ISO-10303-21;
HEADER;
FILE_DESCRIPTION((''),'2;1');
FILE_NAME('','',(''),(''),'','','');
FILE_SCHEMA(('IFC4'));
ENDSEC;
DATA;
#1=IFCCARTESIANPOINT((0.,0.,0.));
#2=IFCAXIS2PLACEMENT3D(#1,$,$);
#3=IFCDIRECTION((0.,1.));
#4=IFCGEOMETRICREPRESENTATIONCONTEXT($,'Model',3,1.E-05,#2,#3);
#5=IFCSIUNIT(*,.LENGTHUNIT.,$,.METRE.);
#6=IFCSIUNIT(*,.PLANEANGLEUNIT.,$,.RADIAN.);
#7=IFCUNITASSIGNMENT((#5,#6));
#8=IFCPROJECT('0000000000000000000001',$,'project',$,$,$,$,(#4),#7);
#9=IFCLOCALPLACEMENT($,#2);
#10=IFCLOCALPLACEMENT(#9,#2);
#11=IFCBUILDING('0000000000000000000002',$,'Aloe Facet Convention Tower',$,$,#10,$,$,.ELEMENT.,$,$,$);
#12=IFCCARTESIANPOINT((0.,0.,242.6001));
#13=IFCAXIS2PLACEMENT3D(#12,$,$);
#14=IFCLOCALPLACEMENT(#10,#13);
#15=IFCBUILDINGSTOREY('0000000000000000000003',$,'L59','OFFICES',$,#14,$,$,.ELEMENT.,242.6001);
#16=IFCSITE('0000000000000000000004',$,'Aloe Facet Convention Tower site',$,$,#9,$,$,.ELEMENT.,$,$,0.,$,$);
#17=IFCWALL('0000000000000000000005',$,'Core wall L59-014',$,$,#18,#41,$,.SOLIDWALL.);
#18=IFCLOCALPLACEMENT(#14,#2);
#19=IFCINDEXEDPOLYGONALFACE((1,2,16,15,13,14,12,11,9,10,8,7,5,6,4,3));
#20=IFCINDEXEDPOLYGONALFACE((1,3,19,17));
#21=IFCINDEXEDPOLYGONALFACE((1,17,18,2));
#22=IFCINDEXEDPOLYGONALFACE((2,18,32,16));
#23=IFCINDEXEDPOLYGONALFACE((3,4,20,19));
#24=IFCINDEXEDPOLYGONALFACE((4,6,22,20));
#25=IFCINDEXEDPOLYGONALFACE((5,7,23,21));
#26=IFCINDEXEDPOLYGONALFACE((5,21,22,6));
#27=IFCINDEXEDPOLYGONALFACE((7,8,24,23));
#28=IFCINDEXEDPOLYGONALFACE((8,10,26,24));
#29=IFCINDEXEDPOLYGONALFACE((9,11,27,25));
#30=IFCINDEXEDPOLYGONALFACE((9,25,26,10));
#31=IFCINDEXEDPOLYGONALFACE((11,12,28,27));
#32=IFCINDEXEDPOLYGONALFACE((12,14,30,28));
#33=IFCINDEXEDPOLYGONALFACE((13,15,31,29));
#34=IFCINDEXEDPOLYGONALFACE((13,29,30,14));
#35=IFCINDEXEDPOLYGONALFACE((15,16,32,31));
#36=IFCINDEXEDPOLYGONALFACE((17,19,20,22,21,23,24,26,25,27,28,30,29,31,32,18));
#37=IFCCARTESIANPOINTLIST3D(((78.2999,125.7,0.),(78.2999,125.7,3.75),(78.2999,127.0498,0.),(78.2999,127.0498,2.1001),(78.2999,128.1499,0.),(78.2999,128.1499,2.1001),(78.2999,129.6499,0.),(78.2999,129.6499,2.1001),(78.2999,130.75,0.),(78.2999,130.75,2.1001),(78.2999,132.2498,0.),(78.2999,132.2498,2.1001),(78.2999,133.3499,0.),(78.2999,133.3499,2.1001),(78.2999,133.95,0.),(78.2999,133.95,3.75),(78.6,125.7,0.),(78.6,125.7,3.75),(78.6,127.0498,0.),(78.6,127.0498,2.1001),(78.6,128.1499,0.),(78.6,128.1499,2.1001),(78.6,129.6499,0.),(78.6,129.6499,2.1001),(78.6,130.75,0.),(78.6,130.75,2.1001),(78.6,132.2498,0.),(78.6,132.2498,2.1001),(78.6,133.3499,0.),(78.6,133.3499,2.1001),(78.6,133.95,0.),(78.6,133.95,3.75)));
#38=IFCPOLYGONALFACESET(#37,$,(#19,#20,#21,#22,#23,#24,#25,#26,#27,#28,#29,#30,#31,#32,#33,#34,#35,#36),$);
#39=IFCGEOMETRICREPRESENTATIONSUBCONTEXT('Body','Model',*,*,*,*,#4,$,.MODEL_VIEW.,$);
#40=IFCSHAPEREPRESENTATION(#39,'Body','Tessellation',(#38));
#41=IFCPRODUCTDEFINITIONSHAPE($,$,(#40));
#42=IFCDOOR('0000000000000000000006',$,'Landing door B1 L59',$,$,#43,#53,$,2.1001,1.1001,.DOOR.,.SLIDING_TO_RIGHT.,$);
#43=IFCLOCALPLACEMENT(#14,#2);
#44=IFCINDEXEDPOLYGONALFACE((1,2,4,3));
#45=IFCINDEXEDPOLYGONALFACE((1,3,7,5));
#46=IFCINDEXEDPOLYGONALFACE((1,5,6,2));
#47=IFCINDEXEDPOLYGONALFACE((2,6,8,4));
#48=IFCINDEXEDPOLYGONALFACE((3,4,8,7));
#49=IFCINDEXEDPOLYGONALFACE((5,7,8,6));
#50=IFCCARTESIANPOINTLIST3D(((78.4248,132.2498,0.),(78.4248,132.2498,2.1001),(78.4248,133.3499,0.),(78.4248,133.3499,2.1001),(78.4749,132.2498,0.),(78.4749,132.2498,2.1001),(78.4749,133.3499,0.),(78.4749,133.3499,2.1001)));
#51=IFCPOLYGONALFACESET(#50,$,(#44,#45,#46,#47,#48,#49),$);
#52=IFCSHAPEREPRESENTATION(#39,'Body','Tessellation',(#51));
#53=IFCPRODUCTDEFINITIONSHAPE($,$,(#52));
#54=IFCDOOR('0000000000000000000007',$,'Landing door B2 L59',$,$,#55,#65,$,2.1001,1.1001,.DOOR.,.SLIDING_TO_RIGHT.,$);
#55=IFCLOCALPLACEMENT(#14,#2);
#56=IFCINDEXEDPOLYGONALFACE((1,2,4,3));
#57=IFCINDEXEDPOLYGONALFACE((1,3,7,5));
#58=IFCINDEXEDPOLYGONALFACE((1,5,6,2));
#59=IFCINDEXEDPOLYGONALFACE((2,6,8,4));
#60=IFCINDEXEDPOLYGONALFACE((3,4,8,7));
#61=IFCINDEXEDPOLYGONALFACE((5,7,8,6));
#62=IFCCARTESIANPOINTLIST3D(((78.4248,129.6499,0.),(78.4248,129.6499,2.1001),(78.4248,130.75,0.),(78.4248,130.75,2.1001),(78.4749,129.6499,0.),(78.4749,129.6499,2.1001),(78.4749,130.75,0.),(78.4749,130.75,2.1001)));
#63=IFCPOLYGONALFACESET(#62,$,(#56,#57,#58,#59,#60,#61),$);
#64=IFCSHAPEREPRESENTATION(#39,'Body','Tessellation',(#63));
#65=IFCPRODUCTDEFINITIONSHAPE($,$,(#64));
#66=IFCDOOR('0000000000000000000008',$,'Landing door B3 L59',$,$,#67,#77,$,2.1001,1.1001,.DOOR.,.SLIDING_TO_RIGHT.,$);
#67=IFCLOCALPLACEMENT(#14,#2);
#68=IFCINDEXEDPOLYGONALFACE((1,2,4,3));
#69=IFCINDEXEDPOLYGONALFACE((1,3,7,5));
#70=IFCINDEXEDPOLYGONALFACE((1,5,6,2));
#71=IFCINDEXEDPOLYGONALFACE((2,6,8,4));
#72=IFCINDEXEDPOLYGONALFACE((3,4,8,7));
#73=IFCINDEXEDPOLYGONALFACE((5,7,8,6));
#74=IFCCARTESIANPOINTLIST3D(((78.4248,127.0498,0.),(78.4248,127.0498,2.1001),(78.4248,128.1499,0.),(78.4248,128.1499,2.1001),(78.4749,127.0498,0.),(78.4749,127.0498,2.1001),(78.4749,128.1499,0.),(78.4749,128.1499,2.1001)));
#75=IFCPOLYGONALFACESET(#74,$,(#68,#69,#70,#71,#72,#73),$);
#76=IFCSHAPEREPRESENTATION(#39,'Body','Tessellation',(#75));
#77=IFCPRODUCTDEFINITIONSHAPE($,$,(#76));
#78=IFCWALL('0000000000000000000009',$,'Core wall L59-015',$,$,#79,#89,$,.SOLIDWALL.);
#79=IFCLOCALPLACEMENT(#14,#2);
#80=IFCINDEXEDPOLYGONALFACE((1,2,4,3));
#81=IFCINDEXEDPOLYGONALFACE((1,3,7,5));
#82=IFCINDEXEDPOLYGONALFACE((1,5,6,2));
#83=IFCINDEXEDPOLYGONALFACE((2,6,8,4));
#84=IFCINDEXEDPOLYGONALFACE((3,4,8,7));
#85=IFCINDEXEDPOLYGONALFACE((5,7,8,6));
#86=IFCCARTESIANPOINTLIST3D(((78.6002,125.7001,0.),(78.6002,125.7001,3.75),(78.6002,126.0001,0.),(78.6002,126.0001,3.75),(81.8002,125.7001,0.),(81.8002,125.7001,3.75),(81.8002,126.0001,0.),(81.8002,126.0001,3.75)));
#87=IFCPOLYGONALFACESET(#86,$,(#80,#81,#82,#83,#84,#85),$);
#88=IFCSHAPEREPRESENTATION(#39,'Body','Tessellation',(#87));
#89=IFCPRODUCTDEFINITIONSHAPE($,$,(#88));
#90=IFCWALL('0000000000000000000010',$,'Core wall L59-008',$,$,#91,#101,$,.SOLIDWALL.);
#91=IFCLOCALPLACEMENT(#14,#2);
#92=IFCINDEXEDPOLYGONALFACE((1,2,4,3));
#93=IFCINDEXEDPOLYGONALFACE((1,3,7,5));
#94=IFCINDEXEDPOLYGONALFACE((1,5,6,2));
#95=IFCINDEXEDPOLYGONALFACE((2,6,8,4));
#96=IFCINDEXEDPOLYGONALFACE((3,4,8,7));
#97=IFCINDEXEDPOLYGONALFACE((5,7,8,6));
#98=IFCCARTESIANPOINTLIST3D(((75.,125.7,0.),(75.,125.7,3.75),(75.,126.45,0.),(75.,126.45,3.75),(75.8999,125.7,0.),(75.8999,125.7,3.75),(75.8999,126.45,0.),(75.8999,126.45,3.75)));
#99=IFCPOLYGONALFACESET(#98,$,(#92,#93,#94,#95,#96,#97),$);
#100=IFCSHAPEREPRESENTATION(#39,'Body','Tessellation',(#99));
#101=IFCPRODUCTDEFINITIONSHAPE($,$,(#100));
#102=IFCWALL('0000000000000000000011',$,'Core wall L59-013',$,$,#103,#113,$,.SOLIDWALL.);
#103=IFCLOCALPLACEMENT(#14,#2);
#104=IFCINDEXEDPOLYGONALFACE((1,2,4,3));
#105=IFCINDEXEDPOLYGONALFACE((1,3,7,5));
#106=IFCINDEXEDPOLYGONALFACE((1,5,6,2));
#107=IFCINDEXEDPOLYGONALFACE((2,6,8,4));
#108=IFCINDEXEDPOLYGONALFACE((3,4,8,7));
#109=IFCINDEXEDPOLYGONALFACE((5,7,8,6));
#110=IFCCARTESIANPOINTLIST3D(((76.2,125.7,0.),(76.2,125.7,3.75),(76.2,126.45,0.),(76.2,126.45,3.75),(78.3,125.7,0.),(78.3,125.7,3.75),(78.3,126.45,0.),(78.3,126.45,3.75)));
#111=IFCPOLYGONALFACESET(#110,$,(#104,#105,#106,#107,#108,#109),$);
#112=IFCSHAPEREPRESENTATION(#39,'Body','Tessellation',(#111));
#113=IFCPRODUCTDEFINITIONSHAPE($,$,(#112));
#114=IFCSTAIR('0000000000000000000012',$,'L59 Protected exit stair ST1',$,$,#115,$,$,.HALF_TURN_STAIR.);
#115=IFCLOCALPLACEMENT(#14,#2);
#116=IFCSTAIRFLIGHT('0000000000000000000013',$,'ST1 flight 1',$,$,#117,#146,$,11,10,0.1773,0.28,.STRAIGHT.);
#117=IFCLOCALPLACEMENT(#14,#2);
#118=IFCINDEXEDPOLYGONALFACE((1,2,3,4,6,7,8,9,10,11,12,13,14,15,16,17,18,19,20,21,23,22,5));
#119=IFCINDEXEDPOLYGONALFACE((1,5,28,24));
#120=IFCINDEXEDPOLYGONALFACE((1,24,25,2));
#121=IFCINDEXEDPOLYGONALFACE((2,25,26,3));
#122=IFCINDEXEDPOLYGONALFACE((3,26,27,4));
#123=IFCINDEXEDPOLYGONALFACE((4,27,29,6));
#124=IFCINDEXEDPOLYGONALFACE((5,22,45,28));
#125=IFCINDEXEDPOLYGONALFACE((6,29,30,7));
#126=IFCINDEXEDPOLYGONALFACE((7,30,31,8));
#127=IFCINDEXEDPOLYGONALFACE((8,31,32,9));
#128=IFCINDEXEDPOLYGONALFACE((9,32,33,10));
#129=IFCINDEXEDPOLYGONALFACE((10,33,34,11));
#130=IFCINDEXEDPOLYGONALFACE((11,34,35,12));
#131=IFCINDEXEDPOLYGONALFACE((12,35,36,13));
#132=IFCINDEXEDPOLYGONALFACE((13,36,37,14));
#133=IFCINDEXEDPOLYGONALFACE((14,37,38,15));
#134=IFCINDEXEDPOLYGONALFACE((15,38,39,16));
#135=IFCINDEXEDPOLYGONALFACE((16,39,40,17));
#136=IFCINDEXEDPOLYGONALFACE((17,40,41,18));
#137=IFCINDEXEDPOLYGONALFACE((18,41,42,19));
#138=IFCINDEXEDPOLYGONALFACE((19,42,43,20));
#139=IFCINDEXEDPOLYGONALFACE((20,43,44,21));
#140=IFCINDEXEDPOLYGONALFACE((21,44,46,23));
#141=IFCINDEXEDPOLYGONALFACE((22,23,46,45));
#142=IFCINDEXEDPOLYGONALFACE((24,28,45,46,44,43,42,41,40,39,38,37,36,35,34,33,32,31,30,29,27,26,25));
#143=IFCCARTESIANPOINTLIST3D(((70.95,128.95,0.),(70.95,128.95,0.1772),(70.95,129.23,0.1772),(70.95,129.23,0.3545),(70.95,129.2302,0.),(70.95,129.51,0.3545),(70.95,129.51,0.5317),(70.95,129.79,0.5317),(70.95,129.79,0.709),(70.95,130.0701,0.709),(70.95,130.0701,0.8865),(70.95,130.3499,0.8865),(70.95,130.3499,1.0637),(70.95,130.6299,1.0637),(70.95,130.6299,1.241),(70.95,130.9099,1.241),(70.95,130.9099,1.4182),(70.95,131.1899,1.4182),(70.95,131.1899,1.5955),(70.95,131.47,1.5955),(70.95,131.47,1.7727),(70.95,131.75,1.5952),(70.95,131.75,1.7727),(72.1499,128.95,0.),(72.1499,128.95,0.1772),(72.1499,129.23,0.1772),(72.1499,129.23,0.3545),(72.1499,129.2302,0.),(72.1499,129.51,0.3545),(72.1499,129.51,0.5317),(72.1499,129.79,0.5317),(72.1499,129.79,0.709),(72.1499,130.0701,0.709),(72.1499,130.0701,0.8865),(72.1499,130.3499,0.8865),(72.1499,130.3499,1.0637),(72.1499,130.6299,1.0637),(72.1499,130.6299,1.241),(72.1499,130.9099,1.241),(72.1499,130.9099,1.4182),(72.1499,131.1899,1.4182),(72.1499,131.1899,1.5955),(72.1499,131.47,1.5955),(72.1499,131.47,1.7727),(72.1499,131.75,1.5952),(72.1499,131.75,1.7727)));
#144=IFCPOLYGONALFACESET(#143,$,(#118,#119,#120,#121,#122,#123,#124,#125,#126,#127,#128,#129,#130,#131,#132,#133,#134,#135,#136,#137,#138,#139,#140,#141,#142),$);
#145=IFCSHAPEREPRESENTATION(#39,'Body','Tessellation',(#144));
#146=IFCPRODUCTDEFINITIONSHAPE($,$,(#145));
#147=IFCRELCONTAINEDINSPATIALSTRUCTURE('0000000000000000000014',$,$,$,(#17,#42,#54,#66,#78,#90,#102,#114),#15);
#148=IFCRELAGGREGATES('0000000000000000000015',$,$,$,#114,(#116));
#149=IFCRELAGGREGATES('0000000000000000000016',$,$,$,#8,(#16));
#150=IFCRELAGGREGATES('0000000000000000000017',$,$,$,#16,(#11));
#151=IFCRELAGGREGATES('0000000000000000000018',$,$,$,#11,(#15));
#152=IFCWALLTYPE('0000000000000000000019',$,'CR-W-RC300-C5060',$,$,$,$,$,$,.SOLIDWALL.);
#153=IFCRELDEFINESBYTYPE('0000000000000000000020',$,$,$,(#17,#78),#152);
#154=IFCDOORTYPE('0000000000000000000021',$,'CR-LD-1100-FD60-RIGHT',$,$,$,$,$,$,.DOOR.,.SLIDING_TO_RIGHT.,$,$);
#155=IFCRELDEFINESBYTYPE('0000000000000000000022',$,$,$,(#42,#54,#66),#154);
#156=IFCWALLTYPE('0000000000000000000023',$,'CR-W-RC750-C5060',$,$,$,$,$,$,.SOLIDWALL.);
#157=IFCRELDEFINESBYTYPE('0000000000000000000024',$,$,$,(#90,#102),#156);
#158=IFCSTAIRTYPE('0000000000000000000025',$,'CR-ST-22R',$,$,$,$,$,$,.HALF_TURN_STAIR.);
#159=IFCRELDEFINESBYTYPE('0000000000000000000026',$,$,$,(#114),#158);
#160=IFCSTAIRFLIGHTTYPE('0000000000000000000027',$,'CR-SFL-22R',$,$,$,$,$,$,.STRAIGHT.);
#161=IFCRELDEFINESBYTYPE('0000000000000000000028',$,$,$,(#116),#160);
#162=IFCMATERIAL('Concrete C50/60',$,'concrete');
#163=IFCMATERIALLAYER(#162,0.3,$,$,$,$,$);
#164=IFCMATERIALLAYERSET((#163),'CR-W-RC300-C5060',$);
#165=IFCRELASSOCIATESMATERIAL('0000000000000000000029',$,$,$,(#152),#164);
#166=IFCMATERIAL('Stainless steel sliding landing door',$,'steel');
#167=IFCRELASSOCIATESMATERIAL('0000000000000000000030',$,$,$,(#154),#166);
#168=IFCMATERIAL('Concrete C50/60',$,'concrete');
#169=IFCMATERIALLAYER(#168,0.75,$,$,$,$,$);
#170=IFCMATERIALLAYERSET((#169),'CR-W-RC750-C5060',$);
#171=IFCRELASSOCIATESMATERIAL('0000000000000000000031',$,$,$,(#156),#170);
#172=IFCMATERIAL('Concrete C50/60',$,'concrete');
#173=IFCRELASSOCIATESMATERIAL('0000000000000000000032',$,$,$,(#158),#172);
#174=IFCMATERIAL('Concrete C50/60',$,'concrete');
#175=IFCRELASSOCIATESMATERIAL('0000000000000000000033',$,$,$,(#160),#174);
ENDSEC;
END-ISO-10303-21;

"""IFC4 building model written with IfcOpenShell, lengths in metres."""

from ifc_helpers import new_model, si_unit, direction, frame, frame_2d, origin, place, context, subcontext, project, spatial, polyline, rectangle, outline, extrude, material, layer, layer_set, type_object, element, fill, aggregate, save


model = new_model("IFC4")

# Units and contexts
model_context = context("Model", 3, precision=1e-05, world=origin(), true_north=direction((0.0, 1.0)))
body_context = subcontext(model_context, "Body", "Model", "MODEL_VIEW")
ifc_project = project(units=[si_unit("LENGTHUNIT", "METRE"), si_unit("PLANEANGLEUNIT", "RADIAN")], contexts=[model_context])

# Site, building, storey
site_placement = place(None, origin())
site = spatial("IfcSite", under=ifc_project, at=site_placement, Name="Aloe Facet Convention Tower site", CompositionType="ELEMENT", RefElevation=0.0)
building_placement = place(site_placement, origin())
building = spatial("IfcBuilding", under=site, at=building_placement, Name="Aloe Facet Convention Tower", CompositionType="ELEMENT")
storey_placement = place(building_placement, frame((0.0, 0.0, 242.6001)))
storey = spatial("IfcBuildingStorey", under=building, at=storey_placement, Name="L59", Description="OFFICES", CompositionType="ELEMENT", Elevation=242.6001)

# Shared definitions
ifc_material_1 = material(Name="Concrete C50/60", Category="concrete")
ifc_layer_1 = layer(ifc_material_1, 0.3)
ifc_layer_set_1 = layer_set([ifc_layer_1], Name="CR-W-RC300-C5060")
wall_type_1 = type_object("IfcWallType", Name="CR-W-RC300-C5060", PredefinedType="SOLIDWALL", material=ifc_layer_set_1)

# Wall, openings, doors
wall_1_placement = place(storey_placement, frame((78.45, 133.95, 0.0), z_axis=(0.0, 0.0, 1.0), x_axis=(0.0, -1.0, 0.0)))
wall_1 = element("IfcWall", 1, at=wall_1_placement, inside=storey, type_object=wall_type_1, Name="Core wall L59-014", PredefinedType="SOLIDWALL", context=body_context, shape_type="SweptSolid", body=[
    extrude(rectangle(XDim=8.25, YDim=0.3, at=frame_2d((4.125, 0.0))), origin(), (0.0, 0.0, 1.0), 3.75),
])
opening_1_placement = place(wall_1_placement, frame((0.6001, 0.0, 0.0)))
opening_1 = element("IfcOpeningElement", 2, at=opening_1_placement, cuts=wall_1, PredefinedType="OPENING", context=body_context, shape_type="SweptSolid", body=[
    extrude(rectangle(XDim=1.1001, YDim=2.1001, at=frame_2d((0.55, 1.05))), frame((0.0, 0.1602, 0.0), z_axis=(0.0, -1.0, 0.0), x_axis=(1.0, 0.0, 0.0)), (0.0, 0.0, 1.0), 0.3201),
])
opening_2_placement = place(wall_1_placement, frame((3.2, 0.0, 0.0)))
opening_2 = element("IfcOpeningElement", 3, at=opening_2_placement, cuts=wall_1, PredefinedType="OPENING", context=body_context, shape_type="SweptSolid", body=[
    extrude(rectangle(XDim=1.1001, YDim=2.1001, at=frame_2d((0.55, 1.05))), frame((0.0, 0.1602, 0.0), z_axis=(0.0, -1.0, 0.0), x_axis=(1.0, 0.0, 0.0)), (0.0, 0.0, 1.0), 0.3201),
])
opening_3_placement = place(wall_1_placement, frame((5.8, 0.0, 0.0)))
opening_3 = element("IfcOpeningElement", 4, at=opening_3_placement, cuts=wall_1, PredefinedType="OPENING", context=body_context, shape_type="SweptSolid", body=[
    extrude(rectangle(XDim=1.1001, YDim=2.1001, at=frame_2d((0.55, 1.05))), frame((0.0, 0.1602, 0.0), z_axis=(0.0, -1.0, 0.0), x_axis=(1.0, 0.0, 0.0)), (0.0, 0.0, 1.0), 0.3201),
])
ifc_material_2 = material(Name="Stainless steel sliding landing door", Category="steel")
door_type_1 = type_object("IfcDoorType", Name="CR-LD-1100-FD60-RIGHT", OperationType="SLIDING_TO_RIGHT", PredefinedType="DOOR", material=ifc_material_2)
door_1_placement = place(opening_1_placement, origin())
door_1 = element("IfcDoor", 5, at=door_1_placement, inside=storey, type_object=door_type_1, Name="Landing door B1 L59", OperationType="SLIDING_TO_RIGHT", OverallHeight=2.1001, OverallWidth=1.1001, PredefinedType="DOOR", context=body_context, shape_type="SweptSolid", body=[
    extrude(rectangle(XDim=1.1001, YDim=2.1001, at=frame_2d((0.55, 1.05))), frame((0.0, 0.0249, 0.0), z_axis=(0.0, -1.0, 0.0), x_axis=(1.0, 0.0, 0.0)), (0.0, 0.0, 1.0), 0.05),
])
fill(opening_1, door_1)
door_2_placement = place(opening_2_placement, origin())
door_2 = element("IfcDoor", 6, at=door_2_placement, inside=storey, type_object=door_type_1, Name="Landing door B2 L59", OperationType="SLIDING_TO_RIGHT", OverallHeight=2.1001, OverallWidth=1.1001, PredefinedType="DOOR", context=body_context, shape_type="SweptSolid", body=[
    extrude(rectangle(XDim=1.1001, YDim=2.1001, at=frame_2d((0.55, 1.05))), frame((0.0, 0.0249, 0.0), z_axis=(0.0, -1.0, 0.0), x_axis=(1.0, 0.0, 0.0)), (0.0, 0.0, 1.0), 0.05),
])
fill(opening_2, door_2)
door_3_placement = place(opening_3_placement, origin())
door_3 = element("IfcDoor", 7, at=door_3_placement, inside=storey, type_object=door_type_1, Name="Landing door B3 L59", OperationType="SLIDING_TO_RIGHT", OverallHeight=2.1001, OverallWidth=1.1001, PredefinedType="DOOR", context=body_context, shape_type="SweptSolid", body=[
    extrude(rectangle(XDim=1.1001, YDim=2.1001, at=frame_2d((0.55, 1.05))), frame((0.0, 0.0249, 0.0), z_axis=(0.0, -1.0, 0.0), x_axis=(1.0, 0.0, 0.0)), (0.0, 0.0, 1.0), 0.05),
])
fill(opening_3, door_3)

# Walls
wall_2_placement = place(storey_placement, frame((78.6001, 125.8501, 0.0), z_axis=(0.0, 0.0, 1.0), x_axis=(1.0, 0.0, 0.0)))
element("IfcWall", 8, at=wall_2_placement, inside=storey, type_object=wall_type_1, Name="Core wall L59-015", PredefinedType="SOLIDWALL", context=body_context, shape_type="SweptSolid", body=[
    extrude(rectangle(XDim=3.2, YDim=0.3, at=frame_2d((1.6001, 0.0))), origin(), (0.0, 0.0, 1.0), 3.75),
])
ifc_material_3 = material(Name="Concrete C50/60", Category="concrete")
ifc_layer_2 = layer(ifc_material_3, 0.75)
ifc_layer_set_2 = layer_set([ifc_layer_2], Name="CR-W-RC750-C5060")
wall_type_2 = type_object("IfcWallType", Name="CR-W-RC750-C5060", PredefinedType="SOLIDWALL", material=ifc_layer_set_2)
wall_3_placement = place(storey_placement, frame((75.0, 126.075, 0.0), z_axis=(0.0, 0.0, 1.0), x_axis=(1.0, 0.0, 0.0)))
element("IfcWall", 9, at=wall_3_placement, inside=storey, type_object=wall_type_2, Name="Core wall L59-008", PredefinedType="SOLIDWALL", context=body_context, shape_type="SweptSolid", body=[
    extrude(rectangle(XDim=0.8999, YDim=0.75, at=frame_2d((0.45, 0.0))), origin(), (0.0, 0.0, 1.0), 3.75),
])
wall_4_placement = place(storey_placement, frame((76.2, 126.075, 0.0), z_axis=(0.0, 0.0, 1.0), x_axis=(1.0, 0.0, 0.0)))
element("IfcWall", 10, at=wall_4_placement, inside=storey, type_object=wall_type_2, Name="Core wall L59-013", PredefinedType="SOLIDWALL", context=body_context, shape_type="SweptSolid", body=[
    extrude(rectangle(XDim=2.1001, YDim=0.75, at=frame_2d((1.05, 0.0))), origin(), (0.0, 0.0, 1.0), 3.75),
])

# Stair, stair flight
ifc_material_4 = material(Name="Concrete C50/60", Category="concrete")
stair_type = type_object("IfcStairType", Name="CR-ST-22R", PredefinedType="HALF_TURN_STAIR", material=ifc_material_4)
stair_1_placement = place(storey_placement, origin())
stair_1 = element("IfcStair", 11, at=stair_1_placement, inside=storey, type_object=stair_type, Name="L59 Protected exit stair ST1", PredefinedType="HALF_TURN_STAIR")
ifc_material_5 = material(Name="Concrete C50/60", Category="concrete")
stair_flight_type = type_object("IfcStairFlightType", Name="CR-SFL-22R", PredefinedType="STRAIGHT", material=ifc_material_5)
stair_flight_1_placement = place(storey_placement, frame((71.55, 128.95, 0.0), z_axis=(0.0, 0.0, 1.0), x_axis=(0.0, 1.0, 0.0)))
stair_flight_1 = element("IfcStairFlight", 12, at=stair_flight_1_placement, type_object=stair_flight_type, Name="ST1 flight 1", NumberOfRisers=11, NumberOfTreads=10, PredefinedType="STRAIGHT", RiserHeight=0.1773, TreadLength=0.28, context=body_context, shape_type="SweptSolid", body=[
    extrude(outline(polyline([(0.0, 0.0), (0.0, 0.1772), (0.28, 0.1772), (0.28, 0.3545), (0.5601, 0.3545), (0.5601, 0.5317), (0.8401, 0.5317), (0.8401, 0.709), (1.1201, 0.709), (1.1201, 0.8865), (1.3999, 0.8865), (1.3999, 1.0637), (1.6799, 1.0637), (1.6799, 1.241), (1.96, 1.241), (1.96, 1.4182), (2.24, 1.4182), (2.24, 1.5955), (2.52, 1.5955), (2.52, 1.7727), (2.8, 1.7727), (2.8, 1.95), (2.8, 1.5952), (0.2803, 0.0), (0.0, 0.0)])), frame((0.0, 0.6001, 0.0), z_axis=(0.0, -1.0, 0.0), x_axis=(1.0, 0.0, 0.0)), (0.0, 0.0, 1.0), 1.2),
])
aggregate(stair_1, [stair_flight_1])

save(model, "model.ifc")
